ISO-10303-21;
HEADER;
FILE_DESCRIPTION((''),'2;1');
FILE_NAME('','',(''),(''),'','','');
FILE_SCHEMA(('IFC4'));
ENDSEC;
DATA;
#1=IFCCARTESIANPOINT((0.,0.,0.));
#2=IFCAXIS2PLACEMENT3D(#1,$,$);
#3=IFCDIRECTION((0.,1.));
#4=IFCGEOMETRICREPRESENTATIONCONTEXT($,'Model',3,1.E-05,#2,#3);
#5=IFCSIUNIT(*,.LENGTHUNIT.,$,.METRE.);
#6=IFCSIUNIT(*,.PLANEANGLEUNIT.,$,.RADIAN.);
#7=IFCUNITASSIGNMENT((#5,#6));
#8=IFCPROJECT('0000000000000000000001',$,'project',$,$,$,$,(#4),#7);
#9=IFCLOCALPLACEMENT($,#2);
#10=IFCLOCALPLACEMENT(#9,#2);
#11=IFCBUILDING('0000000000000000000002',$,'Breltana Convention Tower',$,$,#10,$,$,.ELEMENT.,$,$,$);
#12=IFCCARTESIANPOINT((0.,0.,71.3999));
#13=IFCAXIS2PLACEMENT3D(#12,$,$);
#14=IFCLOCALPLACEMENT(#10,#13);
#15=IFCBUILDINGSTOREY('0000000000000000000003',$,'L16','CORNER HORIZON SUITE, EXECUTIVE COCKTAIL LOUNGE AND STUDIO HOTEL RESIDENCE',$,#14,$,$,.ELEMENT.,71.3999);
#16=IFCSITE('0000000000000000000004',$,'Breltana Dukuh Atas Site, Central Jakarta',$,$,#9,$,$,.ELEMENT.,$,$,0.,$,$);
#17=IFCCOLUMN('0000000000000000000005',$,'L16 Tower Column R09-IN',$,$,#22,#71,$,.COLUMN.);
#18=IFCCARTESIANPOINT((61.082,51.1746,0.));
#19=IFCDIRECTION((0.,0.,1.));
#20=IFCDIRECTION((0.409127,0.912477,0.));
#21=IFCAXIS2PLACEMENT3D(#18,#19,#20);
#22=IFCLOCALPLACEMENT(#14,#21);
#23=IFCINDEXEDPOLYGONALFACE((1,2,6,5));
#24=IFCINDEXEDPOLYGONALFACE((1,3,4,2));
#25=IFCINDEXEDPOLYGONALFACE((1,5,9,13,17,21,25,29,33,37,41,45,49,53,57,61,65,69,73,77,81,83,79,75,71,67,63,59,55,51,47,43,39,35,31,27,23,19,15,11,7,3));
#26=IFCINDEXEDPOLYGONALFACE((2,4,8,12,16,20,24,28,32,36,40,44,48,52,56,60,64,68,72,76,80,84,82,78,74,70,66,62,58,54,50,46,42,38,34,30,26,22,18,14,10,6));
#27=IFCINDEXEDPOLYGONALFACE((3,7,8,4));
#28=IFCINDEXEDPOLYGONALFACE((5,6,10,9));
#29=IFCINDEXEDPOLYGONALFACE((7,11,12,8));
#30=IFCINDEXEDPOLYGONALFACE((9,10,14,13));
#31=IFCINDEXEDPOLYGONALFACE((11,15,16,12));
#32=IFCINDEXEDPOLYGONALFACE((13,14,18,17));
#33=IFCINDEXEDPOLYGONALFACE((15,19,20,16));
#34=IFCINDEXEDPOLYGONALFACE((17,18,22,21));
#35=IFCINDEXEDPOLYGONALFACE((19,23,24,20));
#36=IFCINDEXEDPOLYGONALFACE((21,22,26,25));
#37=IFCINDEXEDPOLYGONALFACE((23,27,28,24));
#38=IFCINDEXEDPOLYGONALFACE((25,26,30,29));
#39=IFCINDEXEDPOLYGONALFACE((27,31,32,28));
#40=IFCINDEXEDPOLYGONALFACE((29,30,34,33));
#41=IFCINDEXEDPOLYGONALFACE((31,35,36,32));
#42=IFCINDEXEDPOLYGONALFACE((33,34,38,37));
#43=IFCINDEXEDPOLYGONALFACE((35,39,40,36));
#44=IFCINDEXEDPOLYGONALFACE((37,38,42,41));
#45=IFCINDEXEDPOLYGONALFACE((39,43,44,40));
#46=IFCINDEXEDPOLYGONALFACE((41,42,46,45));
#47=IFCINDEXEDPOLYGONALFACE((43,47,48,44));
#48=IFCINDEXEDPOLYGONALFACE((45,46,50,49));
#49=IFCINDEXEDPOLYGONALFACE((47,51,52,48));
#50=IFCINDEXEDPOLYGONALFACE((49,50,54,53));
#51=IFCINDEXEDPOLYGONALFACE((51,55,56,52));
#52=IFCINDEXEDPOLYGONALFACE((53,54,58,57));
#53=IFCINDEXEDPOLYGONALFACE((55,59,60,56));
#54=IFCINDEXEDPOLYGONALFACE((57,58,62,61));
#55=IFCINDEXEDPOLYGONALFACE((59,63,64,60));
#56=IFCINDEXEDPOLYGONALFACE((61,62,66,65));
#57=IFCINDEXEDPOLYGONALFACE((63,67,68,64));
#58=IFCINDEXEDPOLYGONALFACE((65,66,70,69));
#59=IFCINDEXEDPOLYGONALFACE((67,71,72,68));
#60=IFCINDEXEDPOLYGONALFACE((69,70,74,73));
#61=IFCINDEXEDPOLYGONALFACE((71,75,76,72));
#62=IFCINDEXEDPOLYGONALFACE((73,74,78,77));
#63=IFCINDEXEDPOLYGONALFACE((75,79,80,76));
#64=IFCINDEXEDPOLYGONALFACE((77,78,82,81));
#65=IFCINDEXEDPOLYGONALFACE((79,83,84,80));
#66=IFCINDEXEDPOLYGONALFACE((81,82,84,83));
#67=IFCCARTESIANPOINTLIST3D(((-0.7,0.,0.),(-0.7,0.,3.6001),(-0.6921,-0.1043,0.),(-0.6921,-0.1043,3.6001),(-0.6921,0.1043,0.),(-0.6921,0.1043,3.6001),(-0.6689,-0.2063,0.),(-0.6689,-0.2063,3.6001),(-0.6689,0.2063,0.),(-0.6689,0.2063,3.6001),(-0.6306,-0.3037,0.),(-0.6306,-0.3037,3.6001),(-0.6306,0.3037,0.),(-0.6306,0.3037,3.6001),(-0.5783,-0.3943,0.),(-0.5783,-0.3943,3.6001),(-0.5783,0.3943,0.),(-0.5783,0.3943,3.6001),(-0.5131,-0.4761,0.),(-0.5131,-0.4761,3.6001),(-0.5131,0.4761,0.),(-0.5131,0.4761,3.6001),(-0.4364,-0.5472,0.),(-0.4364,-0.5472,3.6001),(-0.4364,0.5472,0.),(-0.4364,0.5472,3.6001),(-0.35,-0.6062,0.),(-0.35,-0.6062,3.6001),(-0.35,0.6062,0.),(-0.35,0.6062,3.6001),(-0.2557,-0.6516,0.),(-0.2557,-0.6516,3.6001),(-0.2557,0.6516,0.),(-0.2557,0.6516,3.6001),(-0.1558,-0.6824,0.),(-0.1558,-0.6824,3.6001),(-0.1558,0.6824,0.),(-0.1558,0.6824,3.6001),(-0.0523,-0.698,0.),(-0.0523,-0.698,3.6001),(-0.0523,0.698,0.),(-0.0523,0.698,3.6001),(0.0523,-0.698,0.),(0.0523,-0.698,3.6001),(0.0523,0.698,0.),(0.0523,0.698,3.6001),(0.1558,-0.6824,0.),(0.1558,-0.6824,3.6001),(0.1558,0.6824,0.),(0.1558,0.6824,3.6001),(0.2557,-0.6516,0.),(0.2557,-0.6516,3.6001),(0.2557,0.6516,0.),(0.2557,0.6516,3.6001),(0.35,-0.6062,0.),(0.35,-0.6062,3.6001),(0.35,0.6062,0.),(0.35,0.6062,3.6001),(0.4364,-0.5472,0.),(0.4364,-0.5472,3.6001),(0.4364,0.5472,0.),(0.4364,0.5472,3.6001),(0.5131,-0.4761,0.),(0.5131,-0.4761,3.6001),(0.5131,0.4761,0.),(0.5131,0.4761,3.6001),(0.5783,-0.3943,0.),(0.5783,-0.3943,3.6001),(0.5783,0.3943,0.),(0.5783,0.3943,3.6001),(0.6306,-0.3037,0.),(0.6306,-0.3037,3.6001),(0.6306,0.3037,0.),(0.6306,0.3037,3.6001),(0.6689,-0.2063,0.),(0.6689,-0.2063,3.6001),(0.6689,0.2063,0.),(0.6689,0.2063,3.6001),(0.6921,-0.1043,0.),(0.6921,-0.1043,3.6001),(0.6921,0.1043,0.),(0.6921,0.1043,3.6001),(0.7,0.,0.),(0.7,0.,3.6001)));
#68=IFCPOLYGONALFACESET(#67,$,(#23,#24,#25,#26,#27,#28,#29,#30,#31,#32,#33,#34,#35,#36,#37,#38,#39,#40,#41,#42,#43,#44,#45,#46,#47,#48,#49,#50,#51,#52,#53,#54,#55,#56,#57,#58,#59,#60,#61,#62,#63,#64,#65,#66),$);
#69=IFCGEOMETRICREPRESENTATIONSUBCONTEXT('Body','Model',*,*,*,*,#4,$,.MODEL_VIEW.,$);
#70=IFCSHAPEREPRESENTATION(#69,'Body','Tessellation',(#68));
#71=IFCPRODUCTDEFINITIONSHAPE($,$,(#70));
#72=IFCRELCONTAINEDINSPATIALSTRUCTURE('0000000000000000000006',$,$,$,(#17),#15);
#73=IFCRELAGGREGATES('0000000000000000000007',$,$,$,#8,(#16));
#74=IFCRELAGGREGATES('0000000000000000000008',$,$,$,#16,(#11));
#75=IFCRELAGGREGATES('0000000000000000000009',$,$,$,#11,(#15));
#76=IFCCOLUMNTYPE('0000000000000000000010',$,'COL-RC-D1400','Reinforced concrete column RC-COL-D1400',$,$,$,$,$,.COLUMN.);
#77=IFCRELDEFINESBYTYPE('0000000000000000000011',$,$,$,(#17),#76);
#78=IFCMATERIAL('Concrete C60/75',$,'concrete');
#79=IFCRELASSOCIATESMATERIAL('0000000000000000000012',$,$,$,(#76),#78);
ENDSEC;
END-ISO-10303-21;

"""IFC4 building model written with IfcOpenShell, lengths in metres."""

from ifc_helpers import new_model, si_unit, direction, frame, origin, origin_2d, place, context, subcontext, project, spatial, circle, extrude, source, transform, mapped, material, material_profile, profile_set, type_object, element, save


model = new_model("IFC4")

# Units and contexts
model_context = context("Model", 3, precision=1e-05, world=origin(), true_north=direction((0.0, 1.0)))
body_context = subcontext(model_context, "Body", "Model", "MODEL_VIEW")
ifc_project = project(units=[si_unit("LENGTHUNIT", "METRE"), si_unit("PLANEANGLEUNIT", "RADIAN")], contexts=[model_context])

# Site, building, storey
site_placement = place(None, origin())
site = spatial("IfcSite", under=ifc_project, at=site_placement, Name="Breltana Dukuh Atas Site, Central Jakarta", CompositionType="ELEMENT", RefElevation=0.0)
building_placement = place(site_placement, origin())
building = spatial("IfcBuilding", under=site, at=building_placement, Name="Breltana Convention Tower", CompositionType="ELEMENT")
storey_placement = place(building_placement, frame((0.0, 0.0, 71.3999)))
storey = spatial("IfcBuildingStorey", under=building, at=storey_placement, Name="L16", Description="CORNER HORIZON SUITE, EXECUTIVE COCKTAIL LOUNGE AND STUDIO HOTEL RESIDENCE", CompositionType="ELEMENT", Elevation=71.3999)

# Column
ifc_material_1 = material(Name="Concrete C60/75", Category="concrete")
ifc_material_profile_1 = material_profile(ifc_material_1, circle(Radius=0.7, at=origin_2d()), Name="RC-COL-D1400")
ifc_profile_set_1 = profile_set([ifc_material_profile_1], Name="Concrete C60/75")
column_type = type_object("IfcColumnType", Name="COL-RC-D1400", Description="Reinforced concrete column RC-COL-D1400", PredefinedType="COLUMN", material=ifc_profile_set_1)
shared_shape_1 = source(origin(), body_context, "Body", "SweptSolid", [
    extrude(circle(Radius=0.7, at=origin_2d()), origin(), (0.0, 0.0, 1.0), 3.6001),
])
for number, where, z_axis, x_axis, name in (
    (1, (61.082, 51.1746, 0.0), (0.0, 0.0, 1.0), (0.409127, 0.912477, 0.0), "L16 Tower Column R09-IN"),
):
    element("IfcColumn", number, at=place(storey_placement, frame(where, z_axis=z_axis, x_axis=x_axis)), inside=storey, type_object=column_type, Name=name, PredefinedType="COLUMN", context=body_context, shape_type="MappedRepresentation", body=[
        mapped(shared_shape_1, transform((0.0, 0.0, 0.0), scale=1.0)),
    ])

save(model, "model.ifc")
